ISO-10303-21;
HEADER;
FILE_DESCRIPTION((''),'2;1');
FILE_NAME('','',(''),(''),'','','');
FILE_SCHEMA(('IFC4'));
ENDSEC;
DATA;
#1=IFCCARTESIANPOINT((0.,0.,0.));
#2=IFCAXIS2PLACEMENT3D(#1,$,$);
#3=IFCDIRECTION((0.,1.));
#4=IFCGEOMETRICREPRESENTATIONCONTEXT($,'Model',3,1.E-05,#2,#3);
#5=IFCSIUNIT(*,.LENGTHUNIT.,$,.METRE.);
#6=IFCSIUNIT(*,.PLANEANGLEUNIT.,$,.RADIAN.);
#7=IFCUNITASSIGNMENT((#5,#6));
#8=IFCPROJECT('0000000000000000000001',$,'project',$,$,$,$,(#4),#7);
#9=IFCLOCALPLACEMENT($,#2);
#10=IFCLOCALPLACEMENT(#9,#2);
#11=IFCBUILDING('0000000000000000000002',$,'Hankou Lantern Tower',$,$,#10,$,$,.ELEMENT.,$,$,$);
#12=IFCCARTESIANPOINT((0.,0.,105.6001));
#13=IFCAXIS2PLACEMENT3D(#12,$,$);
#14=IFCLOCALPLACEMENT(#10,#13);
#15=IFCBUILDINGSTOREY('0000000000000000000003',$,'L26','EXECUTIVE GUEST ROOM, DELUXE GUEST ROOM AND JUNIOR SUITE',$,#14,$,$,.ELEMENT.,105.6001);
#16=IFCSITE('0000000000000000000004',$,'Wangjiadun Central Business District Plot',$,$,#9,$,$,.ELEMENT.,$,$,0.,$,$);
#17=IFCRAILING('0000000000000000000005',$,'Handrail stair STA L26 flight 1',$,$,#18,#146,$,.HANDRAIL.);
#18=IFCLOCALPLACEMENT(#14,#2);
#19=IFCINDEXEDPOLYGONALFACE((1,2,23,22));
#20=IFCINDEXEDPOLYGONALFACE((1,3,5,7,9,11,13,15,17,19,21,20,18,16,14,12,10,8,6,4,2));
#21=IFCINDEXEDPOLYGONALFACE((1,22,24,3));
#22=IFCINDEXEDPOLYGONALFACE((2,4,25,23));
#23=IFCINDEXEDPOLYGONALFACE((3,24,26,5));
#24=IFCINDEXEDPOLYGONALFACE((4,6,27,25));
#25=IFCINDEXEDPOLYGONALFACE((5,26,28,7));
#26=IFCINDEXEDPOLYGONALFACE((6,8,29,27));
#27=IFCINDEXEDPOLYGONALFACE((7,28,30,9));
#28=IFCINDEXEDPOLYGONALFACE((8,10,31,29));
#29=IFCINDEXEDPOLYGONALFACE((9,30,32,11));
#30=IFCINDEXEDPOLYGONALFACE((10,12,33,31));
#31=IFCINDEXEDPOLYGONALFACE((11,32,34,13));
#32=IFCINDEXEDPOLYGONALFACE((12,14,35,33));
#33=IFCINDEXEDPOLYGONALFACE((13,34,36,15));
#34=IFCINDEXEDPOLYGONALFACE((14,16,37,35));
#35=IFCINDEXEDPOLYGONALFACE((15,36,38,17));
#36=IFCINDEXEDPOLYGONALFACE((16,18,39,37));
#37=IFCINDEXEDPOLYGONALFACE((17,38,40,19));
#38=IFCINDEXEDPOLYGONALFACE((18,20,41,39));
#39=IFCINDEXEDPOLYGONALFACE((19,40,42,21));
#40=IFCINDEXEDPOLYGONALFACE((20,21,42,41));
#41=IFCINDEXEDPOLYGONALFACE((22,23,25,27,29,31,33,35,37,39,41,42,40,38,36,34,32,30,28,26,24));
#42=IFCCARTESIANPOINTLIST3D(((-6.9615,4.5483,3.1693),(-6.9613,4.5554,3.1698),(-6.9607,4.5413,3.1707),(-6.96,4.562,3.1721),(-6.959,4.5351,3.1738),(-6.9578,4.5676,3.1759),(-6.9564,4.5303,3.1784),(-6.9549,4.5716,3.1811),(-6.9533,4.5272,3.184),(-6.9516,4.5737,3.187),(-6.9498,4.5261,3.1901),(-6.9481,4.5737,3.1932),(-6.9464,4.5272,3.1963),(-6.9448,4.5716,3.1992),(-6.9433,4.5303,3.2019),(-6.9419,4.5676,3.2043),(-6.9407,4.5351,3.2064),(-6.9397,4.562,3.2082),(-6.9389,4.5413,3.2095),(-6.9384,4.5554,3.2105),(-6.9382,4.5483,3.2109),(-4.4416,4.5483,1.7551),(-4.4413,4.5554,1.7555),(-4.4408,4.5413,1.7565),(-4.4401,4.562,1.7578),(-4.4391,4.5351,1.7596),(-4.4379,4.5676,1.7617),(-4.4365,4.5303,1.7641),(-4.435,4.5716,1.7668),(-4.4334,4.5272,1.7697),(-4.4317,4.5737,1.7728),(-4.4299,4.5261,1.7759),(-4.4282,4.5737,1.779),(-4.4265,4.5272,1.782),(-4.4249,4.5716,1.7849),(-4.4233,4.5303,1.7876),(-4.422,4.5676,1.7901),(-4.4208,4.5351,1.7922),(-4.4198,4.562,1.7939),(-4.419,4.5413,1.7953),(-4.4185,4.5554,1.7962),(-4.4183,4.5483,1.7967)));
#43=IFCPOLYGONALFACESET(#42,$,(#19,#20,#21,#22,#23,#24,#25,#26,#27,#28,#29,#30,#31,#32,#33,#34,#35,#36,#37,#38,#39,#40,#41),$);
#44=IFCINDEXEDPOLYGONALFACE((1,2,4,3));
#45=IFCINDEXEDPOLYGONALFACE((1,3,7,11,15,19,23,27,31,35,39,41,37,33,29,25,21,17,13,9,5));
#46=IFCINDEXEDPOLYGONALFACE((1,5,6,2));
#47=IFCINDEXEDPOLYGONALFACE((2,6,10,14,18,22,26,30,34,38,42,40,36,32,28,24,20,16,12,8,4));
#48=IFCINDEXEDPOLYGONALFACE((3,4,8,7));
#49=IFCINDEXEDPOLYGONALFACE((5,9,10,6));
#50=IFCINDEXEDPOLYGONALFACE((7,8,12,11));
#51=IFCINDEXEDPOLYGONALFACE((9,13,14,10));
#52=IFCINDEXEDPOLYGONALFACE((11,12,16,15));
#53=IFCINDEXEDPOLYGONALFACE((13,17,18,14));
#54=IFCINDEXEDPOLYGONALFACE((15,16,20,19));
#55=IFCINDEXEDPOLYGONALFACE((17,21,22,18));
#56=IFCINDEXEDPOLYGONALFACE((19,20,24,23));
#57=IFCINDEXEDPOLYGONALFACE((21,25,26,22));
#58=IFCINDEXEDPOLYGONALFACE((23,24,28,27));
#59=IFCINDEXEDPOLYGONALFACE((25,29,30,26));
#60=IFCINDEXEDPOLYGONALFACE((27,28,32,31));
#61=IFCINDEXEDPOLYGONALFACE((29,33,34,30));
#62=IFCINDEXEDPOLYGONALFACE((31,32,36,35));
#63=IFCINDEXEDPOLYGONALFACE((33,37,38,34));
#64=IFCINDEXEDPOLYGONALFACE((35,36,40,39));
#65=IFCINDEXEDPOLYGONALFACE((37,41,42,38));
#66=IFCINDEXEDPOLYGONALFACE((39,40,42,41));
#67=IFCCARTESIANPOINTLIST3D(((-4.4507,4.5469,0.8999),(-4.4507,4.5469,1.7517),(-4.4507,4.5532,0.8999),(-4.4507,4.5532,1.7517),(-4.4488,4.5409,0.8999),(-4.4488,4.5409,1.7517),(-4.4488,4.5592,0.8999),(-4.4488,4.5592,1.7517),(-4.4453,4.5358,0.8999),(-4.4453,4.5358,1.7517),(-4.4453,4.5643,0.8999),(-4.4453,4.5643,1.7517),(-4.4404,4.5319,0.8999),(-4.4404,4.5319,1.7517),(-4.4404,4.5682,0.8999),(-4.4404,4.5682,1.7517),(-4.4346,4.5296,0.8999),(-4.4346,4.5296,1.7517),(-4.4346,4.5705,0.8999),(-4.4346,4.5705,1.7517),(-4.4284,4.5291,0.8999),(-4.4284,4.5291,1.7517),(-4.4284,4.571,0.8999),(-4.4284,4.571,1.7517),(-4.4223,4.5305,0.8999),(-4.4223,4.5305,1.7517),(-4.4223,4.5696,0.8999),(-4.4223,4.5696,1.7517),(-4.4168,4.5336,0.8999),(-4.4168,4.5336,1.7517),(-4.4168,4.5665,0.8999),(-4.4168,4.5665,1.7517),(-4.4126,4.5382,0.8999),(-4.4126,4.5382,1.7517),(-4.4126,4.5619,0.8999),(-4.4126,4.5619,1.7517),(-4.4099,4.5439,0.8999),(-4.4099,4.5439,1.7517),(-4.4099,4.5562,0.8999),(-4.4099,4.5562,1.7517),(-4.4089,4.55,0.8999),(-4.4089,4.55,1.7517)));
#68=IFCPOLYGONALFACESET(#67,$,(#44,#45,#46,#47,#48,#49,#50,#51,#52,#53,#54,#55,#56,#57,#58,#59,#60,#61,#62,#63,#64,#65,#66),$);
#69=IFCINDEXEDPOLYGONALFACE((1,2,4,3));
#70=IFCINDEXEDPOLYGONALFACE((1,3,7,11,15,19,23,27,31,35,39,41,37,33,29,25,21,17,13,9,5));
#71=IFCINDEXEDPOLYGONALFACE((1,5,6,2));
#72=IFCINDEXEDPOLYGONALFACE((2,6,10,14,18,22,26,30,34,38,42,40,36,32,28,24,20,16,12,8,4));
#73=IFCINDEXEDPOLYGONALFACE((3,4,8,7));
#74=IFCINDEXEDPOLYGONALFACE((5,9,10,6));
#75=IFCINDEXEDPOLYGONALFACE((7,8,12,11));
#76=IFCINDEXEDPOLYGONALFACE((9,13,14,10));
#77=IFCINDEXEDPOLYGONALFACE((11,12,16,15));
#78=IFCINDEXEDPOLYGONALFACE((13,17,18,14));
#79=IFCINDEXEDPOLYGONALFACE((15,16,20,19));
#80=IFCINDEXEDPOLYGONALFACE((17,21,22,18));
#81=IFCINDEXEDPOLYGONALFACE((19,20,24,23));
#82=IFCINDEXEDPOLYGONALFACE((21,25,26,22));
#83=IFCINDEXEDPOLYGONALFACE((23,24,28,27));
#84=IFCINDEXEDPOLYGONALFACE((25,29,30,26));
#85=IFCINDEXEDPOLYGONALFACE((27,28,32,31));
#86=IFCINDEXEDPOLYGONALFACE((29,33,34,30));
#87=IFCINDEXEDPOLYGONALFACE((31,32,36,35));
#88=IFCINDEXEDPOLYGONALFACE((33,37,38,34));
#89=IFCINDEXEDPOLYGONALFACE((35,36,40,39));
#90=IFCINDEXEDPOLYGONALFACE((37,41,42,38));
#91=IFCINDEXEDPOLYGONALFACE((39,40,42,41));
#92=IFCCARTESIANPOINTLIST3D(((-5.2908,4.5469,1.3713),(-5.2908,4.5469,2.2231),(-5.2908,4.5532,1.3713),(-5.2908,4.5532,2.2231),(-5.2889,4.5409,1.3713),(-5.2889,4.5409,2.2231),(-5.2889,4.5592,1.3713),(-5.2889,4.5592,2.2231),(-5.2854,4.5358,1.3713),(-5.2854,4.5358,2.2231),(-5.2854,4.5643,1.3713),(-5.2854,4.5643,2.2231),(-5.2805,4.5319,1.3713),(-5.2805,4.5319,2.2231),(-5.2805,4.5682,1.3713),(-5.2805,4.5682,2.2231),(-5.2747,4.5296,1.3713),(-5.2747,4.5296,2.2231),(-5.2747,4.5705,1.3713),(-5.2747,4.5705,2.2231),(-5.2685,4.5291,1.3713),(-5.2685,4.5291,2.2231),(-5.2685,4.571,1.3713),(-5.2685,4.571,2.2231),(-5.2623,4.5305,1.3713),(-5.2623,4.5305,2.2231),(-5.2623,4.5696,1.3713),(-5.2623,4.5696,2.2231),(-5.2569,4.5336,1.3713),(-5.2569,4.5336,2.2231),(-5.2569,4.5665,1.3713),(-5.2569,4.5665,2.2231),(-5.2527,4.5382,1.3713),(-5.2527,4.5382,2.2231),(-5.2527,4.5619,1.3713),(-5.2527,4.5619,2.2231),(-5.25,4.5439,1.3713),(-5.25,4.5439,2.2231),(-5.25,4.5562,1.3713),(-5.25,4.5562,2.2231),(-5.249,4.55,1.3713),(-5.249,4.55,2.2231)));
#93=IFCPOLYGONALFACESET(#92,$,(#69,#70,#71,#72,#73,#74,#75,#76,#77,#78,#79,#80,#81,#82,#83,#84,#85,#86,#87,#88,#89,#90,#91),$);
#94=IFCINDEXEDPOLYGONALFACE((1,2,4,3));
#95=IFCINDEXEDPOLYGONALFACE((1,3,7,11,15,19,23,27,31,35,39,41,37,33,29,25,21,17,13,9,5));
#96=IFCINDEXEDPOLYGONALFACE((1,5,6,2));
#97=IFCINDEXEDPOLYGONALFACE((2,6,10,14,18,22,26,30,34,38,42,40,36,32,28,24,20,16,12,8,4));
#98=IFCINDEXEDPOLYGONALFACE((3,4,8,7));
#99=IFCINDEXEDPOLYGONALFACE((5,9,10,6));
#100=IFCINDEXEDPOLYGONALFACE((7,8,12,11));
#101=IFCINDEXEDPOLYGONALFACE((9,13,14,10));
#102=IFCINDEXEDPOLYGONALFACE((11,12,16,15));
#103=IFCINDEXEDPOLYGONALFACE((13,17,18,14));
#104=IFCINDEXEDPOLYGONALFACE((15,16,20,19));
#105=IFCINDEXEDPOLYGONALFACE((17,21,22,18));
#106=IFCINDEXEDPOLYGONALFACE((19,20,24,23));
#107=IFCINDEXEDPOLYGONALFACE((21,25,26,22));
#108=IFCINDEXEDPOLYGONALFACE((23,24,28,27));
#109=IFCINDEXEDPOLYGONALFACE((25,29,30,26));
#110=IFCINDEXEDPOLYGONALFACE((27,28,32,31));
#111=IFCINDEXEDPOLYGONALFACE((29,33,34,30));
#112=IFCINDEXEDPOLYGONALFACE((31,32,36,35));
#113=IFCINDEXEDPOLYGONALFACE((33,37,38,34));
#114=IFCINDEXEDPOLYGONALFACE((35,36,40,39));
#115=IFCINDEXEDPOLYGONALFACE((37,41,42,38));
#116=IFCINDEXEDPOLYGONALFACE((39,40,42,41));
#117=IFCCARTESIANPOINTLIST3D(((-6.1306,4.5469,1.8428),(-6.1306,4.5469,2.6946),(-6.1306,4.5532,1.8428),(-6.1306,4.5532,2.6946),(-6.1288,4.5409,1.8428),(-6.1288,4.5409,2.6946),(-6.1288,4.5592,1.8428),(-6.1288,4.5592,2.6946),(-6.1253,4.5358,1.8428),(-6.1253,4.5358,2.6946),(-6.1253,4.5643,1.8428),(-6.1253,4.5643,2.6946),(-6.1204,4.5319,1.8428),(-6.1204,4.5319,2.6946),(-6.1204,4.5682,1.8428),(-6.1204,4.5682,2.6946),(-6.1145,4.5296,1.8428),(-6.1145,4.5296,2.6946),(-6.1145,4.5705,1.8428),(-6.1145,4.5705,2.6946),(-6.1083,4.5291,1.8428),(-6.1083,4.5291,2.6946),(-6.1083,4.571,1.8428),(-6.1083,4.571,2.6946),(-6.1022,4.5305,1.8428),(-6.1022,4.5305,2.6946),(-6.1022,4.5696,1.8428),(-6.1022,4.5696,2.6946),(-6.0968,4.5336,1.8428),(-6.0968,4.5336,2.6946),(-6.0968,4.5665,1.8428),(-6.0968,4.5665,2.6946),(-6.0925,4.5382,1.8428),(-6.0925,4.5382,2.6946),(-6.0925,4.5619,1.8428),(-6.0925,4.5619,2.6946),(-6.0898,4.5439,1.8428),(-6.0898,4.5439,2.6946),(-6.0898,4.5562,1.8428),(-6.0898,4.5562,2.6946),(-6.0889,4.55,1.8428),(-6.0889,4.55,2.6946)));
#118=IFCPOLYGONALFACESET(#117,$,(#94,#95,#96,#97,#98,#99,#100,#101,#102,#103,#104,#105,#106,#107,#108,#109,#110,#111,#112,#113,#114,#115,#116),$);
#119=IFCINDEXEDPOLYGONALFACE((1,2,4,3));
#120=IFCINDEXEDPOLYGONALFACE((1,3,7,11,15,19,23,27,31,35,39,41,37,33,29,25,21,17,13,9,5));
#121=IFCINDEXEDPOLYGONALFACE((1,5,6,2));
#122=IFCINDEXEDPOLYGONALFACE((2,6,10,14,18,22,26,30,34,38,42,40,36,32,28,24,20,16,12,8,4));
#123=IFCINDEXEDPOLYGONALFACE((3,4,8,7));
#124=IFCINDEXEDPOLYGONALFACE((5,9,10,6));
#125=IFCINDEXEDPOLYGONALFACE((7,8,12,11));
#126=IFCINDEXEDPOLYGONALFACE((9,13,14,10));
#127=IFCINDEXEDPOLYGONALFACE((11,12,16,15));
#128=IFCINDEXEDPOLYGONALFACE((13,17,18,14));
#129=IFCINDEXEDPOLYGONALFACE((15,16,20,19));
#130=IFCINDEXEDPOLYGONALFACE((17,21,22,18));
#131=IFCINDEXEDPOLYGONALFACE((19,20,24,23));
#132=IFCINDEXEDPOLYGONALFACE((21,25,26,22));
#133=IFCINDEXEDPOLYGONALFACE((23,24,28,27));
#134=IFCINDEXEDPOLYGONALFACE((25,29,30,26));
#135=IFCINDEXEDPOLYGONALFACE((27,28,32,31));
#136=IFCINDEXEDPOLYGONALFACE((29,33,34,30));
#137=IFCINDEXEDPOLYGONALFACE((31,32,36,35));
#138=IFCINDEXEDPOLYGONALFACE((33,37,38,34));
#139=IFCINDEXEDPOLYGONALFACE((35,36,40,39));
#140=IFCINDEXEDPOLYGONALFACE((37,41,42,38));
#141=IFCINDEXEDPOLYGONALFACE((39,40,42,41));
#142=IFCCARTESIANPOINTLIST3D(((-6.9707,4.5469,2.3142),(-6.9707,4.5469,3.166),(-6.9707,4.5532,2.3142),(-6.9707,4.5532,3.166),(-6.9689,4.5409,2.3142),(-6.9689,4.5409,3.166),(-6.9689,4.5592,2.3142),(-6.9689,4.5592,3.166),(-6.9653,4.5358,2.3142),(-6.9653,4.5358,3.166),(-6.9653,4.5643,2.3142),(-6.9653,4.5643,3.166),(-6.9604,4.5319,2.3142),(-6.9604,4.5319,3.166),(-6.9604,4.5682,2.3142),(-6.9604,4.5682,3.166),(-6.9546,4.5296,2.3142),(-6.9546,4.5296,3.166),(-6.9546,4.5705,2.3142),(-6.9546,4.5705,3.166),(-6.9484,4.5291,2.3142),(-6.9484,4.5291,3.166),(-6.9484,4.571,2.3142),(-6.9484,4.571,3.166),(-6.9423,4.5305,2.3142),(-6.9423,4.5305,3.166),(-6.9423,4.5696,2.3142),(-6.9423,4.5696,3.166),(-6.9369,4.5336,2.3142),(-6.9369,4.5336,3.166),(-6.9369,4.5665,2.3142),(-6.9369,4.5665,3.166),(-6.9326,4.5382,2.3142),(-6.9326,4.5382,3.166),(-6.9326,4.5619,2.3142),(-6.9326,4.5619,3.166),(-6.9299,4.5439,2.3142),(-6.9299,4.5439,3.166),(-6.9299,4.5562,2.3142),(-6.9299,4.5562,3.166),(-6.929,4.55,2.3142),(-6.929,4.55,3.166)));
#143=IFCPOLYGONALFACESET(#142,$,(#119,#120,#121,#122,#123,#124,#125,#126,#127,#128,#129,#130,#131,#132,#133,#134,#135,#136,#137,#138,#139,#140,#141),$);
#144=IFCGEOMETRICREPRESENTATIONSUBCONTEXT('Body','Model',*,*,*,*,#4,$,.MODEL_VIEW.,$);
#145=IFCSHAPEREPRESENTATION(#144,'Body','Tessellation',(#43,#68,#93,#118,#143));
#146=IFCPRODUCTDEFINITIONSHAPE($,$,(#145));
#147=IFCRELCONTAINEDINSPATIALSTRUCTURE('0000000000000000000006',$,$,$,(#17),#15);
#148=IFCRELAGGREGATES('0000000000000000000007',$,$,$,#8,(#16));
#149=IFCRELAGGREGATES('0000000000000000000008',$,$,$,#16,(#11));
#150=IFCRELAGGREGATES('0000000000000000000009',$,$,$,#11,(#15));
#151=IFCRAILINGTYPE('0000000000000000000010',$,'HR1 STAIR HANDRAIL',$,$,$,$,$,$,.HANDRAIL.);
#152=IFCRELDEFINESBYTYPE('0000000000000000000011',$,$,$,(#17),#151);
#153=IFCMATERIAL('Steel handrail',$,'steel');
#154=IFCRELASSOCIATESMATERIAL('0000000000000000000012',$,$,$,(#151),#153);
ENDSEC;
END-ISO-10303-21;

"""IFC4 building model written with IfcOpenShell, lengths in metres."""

from ifc_helpers import new_model, si_unit, direction, frame, origin, origin_2d, place, context, subcontext, project, spatial, circle, extrude, material, type_object, element, save


model = new_model("IFC4")

# Units and contexts
model_context = context("Model", 3, precision=1e-05, world=origin(), true_north=direction((0.0, 1.0)))
body_context = subcontext(model_context, "Body", "Model", "MODEL_VIEW")
ifc_project = project(units=[si_unit("LENGTHUNIT", "METRE"), si_unit("PLANEANGLEUNIT", "RADIAN")], contexts=[model_context])

# Site, building, storey
site_placement = place(None, origin())
site = spatial("IfcSite", under=ifc_project, at=site_placement, Name="Wangjiadun Central Business District Plot", CompositionType="ELEMENT", RefElevation=0.0)
building_placement = place(site_placement, origin())
building = spatial("IfcBuilding", under=site, at=building_placement, Name="Hankou Lantern Tower", CompositionType="ELEMENT")
storey_placement = place(building_placement, frame((0.0, 0.0, 105.6001)))
storey = spatial("IfcBuildingStorey", under=building, at=storey_placement, Name="L26", Description="EXECUTIVE GUEST ROOM, DELUXE GUEST ROOM AND JUNIOR SUITE", CompositionType="ELEMENT", Elevation=105.6001)

# Railing
ifc_material_1 = material(Name="Steel handrail", Category="steel")
railing_type = type_object("IfcRailingType", Name="HR1 STAIR HANDRAIL", PredefinedType="HANDRAIL", material=ifc_material_1)
railing_1_placement = place(storey_placement, frame((-4.4299, 4.55, 0.8999)))
element("IfcRailing", 1, at=railing_1_placement, inside=storey, type_object=railing_type, Name="Handrail stair STA L26 flight 1", PredefinedType="HANDRAIL", context=body_context, shape_type="SweptSolid", body=[
    extrude(circle(Radius=0.0239, at=origin_2d()), frame((0.0, 0.0, 0.876), z_axis=(-0.872049, 0.0, 0.489419), x_axis=(0.0, -1.0, 0.0)), (0.0, 0.0, 1.0), 2.8896),
    extrude(circle(Radius=0.021, at=origin_2d()), origin(), (0.0, 0.0, 1.0), 0.8518),
    extrude(circle(Radius=0.021, at=origin_2d()), frame((-0.8401, 0.0, 0.4714)), (0.0, 0.0, 1.0), 0.8518),
    extrude(circle(Radius=0.021, at=origin_2d()), frame((-1.6799, 0.0, 0.9429)), (0.0, 0.0, 1.0), 0.8518),
    extrude(circle(Radius=0.021, at=origin_2d()), frame((-2.52, 0.0, 1.4143)), (0.0, 0.0, 1.0), 0.8518),
])

save(model, "model.ifc")
